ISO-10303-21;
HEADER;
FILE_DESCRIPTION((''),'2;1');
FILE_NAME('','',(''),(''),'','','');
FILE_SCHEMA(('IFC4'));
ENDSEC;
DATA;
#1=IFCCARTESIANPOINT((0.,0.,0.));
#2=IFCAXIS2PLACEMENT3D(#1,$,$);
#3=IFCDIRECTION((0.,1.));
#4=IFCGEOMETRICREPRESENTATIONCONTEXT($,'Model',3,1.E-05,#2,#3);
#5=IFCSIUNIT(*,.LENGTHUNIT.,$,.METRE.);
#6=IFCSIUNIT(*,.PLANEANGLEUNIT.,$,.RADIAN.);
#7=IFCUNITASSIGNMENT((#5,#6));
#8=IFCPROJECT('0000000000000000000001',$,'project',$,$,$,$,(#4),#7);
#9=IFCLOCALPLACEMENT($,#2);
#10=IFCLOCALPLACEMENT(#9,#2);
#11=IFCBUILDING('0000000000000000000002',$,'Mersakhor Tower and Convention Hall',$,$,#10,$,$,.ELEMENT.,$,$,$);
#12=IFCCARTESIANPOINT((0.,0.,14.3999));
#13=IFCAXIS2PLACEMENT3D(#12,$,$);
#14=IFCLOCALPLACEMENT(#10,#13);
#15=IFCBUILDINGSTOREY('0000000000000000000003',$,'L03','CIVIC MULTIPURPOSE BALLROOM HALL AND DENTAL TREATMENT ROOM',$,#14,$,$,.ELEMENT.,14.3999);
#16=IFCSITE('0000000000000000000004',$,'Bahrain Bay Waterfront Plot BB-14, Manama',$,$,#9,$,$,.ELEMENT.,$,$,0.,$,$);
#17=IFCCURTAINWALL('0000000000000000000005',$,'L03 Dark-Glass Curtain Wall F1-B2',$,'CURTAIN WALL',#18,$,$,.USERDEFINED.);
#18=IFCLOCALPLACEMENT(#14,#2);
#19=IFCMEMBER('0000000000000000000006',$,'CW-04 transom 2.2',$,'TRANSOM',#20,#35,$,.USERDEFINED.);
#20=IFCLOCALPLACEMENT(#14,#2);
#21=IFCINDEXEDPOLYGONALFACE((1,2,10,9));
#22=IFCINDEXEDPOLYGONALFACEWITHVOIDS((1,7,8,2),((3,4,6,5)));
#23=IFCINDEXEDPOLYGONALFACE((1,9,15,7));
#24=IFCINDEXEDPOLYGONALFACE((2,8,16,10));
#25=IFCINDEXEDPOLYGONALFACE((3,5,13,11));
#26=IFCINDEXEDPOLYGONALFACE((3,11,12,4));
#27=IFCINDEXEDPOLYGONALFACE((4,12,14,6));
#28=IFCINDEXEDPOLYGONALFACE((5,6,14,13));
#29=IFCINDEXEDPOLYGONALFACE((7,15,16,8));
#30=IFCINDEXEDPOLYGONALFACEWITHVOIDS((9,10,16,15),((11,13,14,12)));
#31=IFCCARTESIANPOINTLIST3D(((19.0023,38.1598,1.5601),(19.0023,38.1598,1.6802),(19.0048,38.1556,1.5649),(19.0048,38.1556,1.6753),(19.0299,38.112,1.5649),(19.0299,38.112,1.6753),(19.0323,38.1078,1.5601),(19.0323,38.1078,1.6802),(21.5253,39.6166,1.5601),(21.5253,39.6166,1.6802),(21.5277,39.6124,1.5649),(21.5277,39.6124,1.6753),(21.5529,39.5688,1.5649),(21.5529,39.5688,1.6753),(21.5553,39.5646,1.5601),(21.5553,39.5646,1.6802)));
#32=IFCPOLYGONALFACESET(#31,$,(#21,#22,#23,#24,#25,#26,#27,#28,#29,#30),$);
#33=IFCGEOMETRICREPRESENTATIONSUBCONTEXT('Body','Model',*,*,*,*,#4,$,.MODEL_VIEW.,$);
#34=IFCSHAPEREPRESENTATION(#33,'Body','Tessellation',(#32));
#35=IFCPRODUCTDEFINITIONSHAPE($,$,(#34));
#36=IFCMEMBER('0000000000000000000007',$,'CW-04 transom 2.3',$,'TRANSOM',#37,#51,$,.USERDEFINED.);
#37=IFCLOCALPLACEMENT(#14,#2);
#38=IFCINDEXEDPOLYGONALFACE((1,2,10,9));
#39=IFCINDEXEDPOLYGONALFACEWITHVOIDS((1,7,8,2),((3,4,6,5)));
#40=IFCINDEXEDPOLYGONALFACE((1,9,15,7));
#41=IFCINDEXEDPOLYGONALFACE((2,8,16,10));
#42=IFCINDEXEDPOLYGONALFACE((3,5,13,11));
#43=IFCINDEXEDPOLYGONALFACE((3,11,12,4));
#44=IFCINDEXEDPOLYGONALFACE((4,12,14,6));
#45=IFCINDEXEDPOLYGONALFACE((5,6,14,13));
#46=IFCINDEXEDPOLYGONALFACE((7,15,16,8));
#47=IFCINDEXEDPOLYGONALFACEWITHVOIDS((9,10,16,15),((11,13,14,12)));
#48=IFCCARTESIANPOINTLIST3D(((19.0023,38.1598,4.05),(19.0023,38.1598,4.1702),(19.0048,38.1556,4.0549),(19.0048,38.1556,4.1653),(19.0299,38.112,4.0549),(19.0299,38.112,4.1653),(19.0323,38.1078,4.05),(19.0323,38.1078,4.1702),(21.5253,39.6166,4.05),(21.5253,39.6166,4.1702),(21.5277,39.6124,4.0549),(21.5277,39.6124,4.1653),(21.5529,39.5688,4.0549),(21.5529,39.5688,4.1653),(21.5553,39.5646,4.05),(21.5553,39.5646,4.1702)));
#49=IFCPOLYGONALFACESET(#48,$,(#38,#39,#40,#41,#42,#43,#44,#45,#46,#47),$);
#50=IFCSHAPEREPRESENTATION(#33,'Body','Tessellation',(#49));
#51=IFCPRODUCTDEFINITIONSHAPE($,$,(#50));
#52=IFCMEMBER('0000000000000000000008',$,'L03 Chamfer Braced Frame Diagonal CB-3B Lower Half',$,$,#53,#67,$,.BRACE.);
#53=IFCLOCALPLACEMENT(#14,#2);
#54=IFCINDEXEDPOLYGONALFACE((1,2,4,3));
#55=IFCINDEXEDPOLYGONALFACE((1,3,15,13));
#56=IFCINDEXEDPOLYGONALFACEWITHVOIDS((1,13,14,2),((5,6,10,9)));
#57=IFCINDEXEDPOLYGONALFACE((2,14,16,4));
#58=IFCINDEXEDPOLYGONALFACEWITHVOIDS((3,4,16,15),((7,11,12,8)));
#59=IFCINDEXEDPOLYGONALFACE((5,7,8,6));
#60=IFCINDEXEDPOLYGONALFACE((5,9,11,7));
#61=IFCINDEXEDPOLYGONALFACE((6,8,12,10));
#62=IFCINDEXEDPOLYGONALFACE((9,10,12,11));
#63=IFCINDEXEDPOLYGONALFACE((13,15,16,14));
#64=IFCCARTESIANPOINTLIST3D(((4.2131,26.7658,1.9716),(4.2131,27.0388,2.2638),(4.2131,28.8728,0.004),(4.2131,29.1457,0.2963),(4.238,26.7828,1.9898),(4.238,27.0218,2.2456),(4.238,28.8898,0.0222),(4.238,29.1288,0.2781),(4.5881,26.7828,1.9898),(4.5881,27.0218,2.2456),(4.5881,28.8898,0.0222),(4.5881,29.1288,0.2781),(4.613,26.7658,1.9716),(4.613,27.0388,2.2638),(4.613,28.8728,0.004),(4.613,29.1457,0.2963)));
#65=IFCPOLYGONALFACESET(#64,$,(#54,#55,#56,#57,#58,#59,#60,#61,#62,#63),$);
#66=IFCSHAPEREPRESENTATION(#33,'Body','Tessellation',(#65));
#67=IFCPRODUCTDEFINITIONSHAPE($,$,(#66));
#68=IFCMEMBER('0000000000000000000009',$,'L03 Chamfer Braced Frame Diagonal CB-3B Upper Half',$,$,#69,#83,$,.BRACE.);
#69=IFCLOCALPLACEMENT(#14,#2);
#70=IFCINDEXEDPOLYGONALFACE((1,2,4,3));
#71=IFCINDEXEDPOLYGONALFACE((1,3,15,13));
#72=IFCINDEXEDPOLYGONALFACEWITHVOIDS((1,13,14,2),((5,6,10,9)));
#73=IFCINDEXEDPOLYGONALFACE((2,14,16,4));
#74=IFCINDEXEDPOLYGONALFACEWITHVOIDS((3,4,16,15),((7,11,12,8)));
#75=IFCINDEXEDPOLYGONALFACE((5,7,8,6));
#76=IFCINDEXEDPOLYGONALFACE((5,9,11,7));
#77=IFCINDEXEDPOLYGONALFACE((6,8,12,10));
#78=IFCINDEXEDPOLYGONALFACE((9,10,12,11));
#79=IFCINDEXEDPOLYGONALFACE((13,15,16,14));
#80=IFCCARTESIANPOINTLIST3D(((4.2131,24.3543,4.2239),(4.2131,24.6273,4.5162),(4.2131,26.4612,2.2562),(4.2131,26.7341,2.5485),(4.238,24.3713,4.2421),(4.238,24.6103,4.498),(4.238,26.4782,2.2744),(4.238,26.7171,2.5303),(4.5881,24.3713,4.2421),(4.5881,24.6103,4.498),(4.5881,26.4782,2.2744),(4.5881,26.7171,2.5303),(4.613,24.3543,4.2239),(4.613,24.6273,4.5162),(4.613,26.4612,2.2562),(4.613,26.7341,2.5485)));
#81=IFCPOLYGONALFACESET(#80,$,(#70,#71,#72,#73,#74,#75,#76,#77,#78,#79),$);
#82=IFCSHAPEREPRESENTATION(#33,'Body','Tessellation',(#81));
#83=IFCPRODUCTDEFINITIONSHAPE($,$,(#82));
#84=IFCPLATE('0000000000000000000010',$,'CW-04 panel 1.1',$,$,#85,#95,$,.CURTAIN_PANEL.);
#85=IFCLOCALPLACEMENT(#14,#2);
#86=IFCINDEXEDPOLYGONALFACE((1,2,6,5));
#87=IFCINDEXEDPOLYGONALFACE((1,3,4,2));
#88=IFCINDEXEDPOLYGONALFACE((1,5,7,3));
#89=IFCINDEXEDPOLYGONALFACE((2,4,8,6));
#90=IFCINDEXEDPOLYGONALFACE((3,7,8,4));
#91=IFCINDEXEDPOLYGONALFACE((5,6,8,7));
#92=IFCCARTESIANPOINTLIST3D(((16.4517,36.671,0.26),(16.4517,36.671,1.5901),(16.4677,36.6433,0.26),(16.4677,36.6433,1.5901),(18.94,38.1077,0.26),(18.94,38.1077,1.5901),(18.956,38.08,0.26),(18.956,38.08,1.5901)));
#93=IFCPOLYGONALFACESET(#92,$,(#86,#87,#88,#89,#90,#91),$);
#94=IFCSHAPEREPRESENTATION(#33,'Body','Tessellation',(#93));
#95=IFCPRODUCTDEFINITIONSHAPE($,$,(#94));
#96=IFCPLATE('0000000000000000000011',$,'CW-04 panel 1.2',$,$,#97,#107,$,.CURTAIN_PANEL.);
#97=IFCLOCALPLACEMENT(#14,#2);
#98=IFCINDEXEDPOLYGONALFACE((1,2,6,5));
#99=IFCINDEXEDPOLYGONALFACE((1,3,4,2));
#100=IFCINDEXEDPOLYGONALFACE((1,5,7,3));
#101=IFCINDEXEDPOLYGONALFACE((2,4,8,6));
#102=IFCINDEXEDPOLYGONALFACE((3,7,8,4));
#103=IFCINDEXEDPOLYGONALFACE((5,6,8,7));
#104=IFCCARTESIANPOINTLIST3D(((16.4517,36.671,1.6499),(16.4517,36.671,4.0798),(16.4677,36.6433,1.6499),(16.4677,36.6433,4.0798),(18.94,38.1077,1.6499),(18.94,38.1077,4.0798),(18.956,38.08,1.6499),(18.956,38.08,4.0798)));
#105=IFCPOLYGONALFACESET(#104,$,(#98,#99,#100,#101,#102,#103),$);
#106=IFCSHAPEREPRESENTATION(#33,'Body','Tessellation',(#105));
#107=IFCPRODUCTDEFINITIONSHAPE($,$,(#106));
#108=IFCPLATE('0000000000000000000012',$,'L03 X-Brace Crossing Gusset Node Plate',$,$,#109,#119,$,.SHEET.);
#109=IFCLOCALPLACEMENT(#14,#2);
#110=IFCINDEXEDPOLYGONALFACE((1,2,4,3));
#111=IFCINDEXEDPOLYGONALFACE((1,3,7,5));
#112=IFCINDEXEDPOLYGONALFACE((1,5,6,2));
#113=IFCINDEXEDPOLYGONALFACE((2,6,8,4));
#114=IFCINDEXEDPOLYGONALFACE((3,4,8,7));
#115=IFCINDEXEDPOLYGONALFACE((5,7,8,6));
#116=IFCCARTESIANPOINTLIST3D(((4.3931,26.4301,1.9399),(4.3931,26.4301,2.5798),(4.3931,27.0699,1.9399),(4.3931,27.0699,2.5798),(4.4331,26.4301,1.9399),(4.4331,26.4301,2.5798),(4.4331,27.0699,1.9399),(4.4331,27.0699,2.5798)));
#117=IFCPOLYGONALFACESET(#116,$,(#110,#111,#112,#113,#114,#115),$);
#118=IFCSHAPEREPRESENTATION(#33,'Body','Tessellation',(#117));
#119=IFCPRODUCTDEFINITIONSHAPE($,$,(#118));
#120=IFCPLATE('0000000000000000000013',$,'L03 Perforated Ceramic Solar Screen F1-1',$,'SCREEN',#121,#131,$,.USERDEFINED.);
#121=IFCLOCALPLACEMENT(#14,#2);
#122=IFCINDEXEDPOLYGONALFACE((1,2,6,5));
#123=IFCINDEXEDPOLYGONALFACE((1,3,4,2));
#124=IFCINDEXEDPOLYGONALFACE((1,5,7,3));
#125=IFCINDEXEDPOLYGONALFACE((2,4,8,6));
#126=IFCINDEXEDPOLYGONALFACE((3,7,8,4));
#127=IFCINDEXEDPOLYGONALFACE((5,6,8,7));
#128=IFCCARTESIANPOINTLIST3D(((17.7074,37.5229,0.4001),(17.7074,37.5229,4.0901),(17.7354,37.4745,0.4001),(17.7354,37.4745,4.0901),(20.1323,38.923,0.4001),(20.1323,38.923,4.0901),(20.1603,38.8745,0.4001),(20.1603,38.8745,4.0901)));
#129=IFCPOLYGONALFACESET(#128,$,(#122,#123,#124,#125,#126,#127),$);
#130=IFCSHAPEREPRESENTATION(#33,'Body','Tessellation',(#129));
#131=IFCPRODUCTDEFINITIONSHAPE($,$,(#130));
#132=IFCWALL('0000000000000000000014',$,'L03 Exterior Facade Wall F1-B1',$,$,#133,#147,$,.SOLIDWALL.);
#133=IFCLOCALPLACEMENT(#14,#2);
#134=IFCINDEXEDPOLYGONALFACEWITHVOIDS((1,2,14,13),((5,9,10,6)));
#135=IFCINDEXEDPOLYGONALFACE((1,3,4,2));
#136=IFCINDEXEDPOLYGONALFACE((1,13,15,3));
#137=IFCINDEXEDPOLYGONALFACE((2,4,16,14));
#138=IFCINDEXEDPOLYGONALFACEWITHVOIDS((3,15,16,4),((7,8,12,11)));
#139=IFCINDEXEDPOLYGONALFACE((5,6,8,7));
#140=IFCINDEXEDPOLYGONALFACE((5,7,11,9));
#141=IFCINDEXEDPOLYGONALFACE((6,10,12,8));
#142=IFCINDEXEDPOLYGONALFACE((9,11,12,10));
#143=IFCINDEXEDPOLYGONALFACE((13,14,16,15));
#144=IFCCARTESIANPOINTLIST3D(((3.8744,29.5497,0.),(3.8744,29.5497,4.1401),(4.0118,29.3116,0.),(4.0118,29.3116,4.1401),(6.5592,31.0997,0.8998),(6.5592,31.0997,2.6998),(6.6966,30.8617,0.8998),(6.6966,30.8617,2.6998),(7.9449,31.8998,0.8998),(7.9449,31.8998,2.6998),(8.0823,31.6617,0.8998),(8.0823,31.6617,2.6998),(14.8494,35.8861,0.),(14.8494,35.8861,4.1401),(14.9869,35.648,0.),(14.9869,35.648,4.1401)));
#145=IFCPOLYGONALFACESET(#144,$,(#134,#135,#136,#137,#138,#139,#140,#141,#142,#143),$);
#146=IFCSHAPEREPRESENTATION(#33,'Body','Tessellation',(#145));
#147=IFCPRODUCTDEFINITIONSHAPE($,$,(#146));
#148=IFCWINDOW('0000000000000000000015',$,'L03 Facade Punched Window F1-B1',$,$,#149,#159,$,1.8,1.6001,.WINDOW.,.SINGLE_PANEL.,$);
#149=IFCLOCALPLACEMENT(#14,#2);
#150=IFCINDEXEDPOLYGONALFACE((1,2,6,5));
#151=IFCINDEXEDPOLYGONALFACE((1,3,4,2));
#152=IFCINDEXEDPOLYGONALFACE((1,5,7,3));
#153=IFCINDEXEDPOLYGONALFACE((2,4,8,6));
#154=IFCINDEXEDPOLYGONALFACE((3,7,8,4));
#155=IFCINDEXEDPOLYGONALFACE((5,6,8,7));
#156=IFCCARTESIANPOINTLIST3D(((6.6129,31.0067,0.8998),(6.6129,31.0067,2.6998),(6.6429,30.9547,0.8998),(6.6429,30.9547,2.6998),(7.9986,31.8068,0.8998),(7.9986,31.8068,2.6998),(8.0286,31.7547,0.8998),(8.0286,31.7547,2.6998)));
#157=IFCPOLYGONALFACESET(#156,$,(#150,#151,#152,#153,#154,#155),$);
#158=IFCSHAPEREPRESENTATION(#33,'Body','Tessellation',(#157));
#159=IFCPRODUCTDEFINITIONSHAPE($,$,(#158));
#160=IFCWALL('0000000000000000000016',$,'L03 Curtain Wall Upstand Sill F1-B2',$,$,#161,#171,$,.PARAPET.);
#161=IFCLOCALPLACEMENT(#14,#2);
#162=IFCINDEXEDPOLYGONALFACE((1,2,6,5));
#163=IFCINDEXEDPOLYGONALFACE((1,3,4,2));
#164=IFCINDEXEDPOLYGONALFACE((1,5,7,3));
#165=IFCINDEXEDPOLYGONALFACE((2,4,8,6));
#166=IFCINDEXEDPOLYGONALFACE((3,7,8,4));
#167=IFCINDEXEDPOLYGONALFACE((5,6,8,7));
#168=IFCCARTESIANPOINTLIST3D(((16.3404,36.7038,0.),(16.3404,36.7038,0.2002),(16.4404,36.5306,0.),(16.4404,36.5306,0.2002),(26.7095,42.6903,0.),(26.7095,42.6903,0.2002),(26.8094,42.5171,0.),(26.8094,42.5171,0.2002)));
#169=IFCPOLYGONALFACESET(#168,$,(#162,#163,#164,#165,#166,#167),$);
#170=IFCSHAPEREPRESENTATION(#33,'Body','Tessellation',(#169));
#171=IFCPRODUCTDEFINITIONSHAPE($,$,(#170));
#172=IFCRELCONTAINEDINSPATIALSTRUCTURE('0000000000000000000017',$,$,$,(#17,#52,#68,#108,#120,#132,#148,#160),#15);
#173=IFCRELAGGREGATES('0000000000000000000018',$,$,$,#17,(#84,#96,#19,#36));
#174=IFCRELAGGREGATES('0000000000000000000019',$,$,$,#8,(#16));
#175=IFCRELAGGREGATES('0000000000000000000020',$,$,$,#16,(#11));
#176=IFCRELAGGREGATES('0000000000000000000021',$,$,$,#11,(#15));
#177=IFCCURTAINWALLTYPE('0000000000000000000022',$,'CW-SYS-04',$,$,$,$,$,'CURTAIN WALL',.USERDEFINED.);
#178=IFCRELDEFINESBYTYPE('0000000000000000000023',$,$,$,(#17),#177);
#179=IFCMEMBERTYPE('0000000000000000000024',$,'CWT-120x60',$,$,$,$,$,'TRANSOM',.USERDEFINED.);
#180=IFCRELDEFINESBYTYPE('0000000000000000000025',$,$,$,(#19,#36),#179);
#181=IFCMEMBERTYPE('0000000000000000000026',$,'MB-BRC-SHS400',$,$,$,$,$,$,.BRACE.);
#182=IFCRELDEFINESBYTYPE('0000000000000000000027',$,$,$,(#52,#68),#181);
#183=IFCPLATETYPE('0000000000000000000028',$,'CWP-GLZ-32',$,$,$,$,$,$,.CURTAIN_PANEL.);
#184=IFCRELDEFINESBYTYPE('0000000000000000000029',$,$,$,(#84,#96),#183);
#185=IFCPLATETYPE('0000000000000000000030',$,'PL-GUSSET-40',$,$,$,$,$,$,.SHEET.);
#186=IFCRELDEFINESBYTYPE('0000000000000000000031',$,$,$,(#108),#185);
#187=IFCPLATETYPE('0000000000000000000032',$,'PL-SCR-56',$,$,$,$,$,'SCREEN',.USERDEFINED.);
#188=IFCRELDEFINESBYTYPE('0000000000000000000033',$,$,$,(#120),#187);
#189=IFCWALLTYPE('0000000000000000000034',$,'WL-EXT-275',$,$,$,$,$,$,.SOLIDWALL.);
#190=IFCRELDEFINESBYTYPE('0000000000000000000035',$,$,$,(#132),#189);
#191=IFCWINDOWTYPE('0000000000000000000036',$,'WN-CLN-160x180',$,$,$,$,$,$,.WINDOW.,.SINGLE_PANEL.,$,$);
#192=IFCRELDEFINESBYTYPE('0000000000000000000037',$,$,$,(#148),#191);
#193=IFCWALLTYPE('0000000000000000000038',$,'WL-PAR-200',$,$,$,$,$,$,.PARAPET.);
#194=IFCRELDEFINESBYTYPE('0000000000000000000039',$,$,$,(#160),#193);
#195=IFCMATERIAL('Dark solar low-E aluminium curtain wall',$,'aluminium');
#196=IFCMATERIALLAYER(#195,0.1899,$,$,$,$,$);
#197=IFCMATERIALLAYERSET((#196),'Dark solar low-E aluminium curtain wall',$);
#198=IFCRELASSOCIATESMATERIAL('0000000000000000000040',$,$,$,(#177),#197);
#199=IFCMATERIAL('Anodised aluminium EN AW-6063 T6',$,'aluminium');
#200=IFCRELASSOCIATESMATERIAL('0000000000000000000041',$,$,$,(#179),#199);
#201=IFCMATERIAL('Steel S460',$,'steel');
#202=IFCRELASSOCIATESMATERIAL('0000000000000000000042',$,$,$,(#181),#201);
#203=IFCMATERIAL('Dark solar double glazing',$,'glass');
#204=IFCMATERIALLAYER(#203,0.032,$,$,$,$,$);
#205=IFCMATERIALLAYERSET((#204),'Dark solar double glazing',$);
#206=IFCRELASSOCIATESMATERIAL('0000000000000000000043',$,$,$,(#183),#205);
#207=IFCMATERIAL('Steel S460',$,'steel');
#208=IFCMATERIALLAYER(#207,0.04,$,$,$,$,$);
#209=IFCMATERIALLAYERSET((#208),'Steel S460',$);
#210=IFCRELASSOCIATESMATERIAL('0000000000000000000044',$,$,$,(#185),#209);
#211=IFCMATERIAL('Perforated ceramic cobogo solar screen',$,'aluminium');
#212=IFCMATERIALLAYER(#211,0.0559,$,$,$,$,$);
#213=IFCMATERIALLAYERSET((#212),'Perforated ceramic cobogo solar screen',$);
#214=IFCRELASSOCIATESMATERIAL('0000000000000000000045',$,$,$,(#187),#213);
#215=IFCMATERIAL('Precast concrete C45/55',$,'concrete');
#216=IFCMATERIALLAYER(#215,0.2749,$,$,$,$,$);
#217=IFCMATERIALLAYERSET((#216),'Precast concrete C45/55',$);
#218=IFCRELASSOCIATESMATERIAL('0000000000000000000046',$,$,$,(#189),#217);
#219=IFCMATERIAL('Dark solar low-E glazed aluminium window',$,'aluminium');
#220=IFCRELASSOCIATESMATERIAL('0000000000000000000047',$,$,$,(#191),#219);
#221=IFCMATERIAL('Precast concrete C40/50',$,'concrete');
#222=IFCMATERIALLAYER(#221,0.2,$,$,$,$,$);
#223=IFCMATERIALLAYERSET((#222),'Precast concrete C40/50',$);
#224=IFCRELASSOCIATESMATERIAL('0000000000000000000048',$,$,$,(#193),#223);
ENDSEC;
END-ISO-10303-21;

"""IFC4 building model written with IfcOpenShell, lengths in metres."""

from ifc_helpers import new_model, si_unit, direction, frame, frame_2d, origin, origin_2d, place, context, subcontext, project, spatial, rectangle, hollow_rectangle, extrude, material, layer, layer_set, material_profile, profile_set, type_object, element, fill, aggregate, save


model = new_model("IFC4")

# Units and contexts
model_context = context("Model", 3, precision=1e-05, world=origin(), true_north=direction((0.0, 1.0)))
body_context = subcontext(model_context, "Body", "Model", "MODEL_VIEW")
ifc_project = project(units=[si_unit("LENGTHUNIT", "METRE"), si_unit("PLANEANGLEUNIT", "RADIAN")], contexts=[model_context])

# Site, building, storey
site_placement = place(None, origin())
site = spatial("IfcSite", under=ifc_project, at=site_placement, Name="Bahrain Bay Waterfront Plot BB-14, Manama", CompositionType="ELEMENT", RefElevation=0.0)
building_placement = place(site_placement, origin())
building = spatial("IfcBuilding", under=site, at=building_placement, Name="Mersakhor Tower and Convention Hall", CompositionType="ELEMENT")
storey_placement = place(building_placement, frame((0.0, 0.0, 14.3999)))
storey = spatial("IfcBuildingStorey", under=building, at=storey_placement, Name="L03", Description="CIVIC MULTIPURPOSE BALLROOM HALL AND DENTAL TREATMENT ROOM", CompositionType="ELEMENT", Elevation=14.3999)

# Curtain wall, members
ifc_material_1 = material(Name="Dark solar low-E aluminium curtain wall", Category="aluminium")
ifc_layer_1 = layer(ifc_material_1, 0.1899)
ifc_layer_set_1 = layer_set([ifc_layer_1], Name="Dark solar low-E aluminium curtain wall")
curtain_wall_type = type_object("IfcCurtainWallType", Name="CW-SYS-04", ElementType="CURTAIN WALL", PredefinedType="USERDEFINED", material=ifc_layer_set_1)
curtain_wall_placement = place(storey_placement, origin())
curtain_wall = element("IfcCurtainWall", 1, at=curtain_wall_placement, inside=storey, type_object=curtain_wall_type, Name="L03 Dark-Glass Curtain Wall F1-B2", ObjectType="CURTAIN WALL", PredefinedType="USERDEFINED")
ifc_material_2 = material(Name="Anodised aluminium EN AW-6063 T6", Category="aluminium")
ifc_material_profile_1 = material_profile(ifc_material_2, hollow_rectangle(XDim=0.0601, YDim=0.1201, WallThickness=0.0049, at=origin_2d()), Name="RHS 120x60x5")
ifc_profile_set_1 = profile_set([ifc_material_profile_1], Name="Anodised aluminium EN AW-6063 T6")
member_type_1 = type_object("IfcMemberType", Name="CWT-120x60", ElementType="TRANSOM", PredefinedType="USERDEFINED", material=ifc_profile_set_1)
member_1_placement = place(storey_placement, frame((19.0173, 38.1338, 1.6201), z_axis=(0.866001, 0.500042, 0.0), x_axis=(-0.500042, 0.866001, 0.0)))
member_1 = element("IfcMember", 2, at=member_1_placement, type_object=member_type_1, Name="CW-04 transom 2.2", ObjectType="TRANSOM", PredefinedType="USERDEFINED", context=body_context, shape_type="SweptSolid", body=[
    extrude(hollow_rectangle(XDim=0.0601, YDim=0.1201, WallThickness=0.0049, at=origin_2d()), origin(), (0.0, 0.0, 1.0), 2.9133),
])
member_2_placement = place(storey_placement, frame((19.0173, 38.1338, 4.1101), z_axis=(0.866001, 0.500042, 0.0), x_axis=(-0.500042, 0.866001, 0.0)))
member_2 = element("IfcMember", 3, at=member_2_placement, type_object=member_type_1, Name="CW-04 transom 2.3", ObjectType="TRANSOM", PredefinedType="USERDEFINED", context=body_context, shape_type="SweptSolid", body=[
    extrude(hollow_rectangle(XDim=0.0601, YDim=0.1201, WallThickness=0.0049, at=origin_2d()), origin(), (0.0, 0.0, 1.0), 2.9133),
])

# Members
ifc_material_3 = material(Name="Steel S460", Category="steel")
ifc_material_profile_2 = material_profile(ifc_material_3, hollow_rectangle(XDim=0.3999, YDim=0.3999, WallThickness=0.0249, at=origin_2d()), Name="SHS 400x400x25")
ifc_profile_set_2 = profile_set([ifc_material_profile_2], Name="Steel S460")
member_type_2 = type_object("IfcMemberType", Name="MB-BRC-SHS400", PredefinedType="BRACE", material=ifc_profile_set_2)
for number, where, z_axis, x_axis, name in (
    (4, (4.4131, 29.0093, 0.1501), (0.0, -0.730872, 0.682514), (1.0, 0.0, 0.0), "L03 Chamfer Braced Frame Diagonal CB-3B Lower Half"),
    (5, (4.4131, 26.5977, 2.4023), (0.0, -0.73083, 0.68256), (1.0, 0.0, 0.0), "L03 Chamfer Braced Frame Diagonal CB-3B Upper Half"),
):
    element("IfcMember", number, at=place(storey_placement, frame(where, z_axis=z_axis, x_axis=x_axis)), inside=storey, type_object=member_type_2, Name=name, PredefinedType="BRACE", context=body_context, shape_type="SweptSolid", body=[
        extrude(hollow_rectangle(XDim=0.3999, YDim=0.3999, WallThickness=0.0249, at=origin_2d()), origin(), (0.0, 0.0, 1.0), 2.8828),
    ])

# Plates
ifc_material_4 = material(Name="Dark solar double glazing", Category="glass")
ifc_layer_2 = layer(ifc_material_4, 0.032)
ifc_layer_set_2 = layer_set([ifc_layer_2], Name="Dark solar double glazing")
plate_type_1 = type_object("IfcPlateType", Name="CWP-GLZ-32", PredefinedType="CURTAIN_PANEL", material=ifc_layer_set_2)
plate_1_placement = place(storey_placement, frame((17.7039, 37.3755, 0.26), z_axis=(0.0, 0.0, 1.0), x_axis=(0.866023, 0.500003, 0.0)))
plate_1 = element("IfcPlate", 6, at=plate_1_placement, type_object=plate_type_1, Name="CW-04 panel 1.1", PredefinedType="CURTAIN_PANEL", context=body_context, shape_type="SweptSolid", body=[
    extrude(rectangle(XDim=2.8733, YDim=0.032, at=origin_2d()), origin(), (0.0, 0.0, 1.0), 1.3301),
])
plate_2_placement = place(storey_placement, frame((17.7039, 37.3755, 1.6499), z_axis=(0.0, 0.0, 1.0), x_axis=(0.866023, 0.500003, 0.0)))
plate_2 = element("IfcPlate", 7, at=plate_2_placement, type_object=plate_type_1, Name="CW-04 panel 1.2", PredefinedType="CURTAIN_PANEL", context=body_context, shape_type="SweptSolid", body=[
    extrude(rectangle(XDim=2.8733, YDim=0.032, at=origin_2d()), origin(), (0.0, 0.0, 1.0), 2.4299),
])
aggregate(curtain_wall, [plate_1, plate_2, member_1, member_2])

# Plates
ifc_material_5 = material(Name="Steel S460", Category="steel")
ifc_layer_3 = layer(ifc_material_5, 0.04)
ifc_layer_set_3 = layer_set([ifc_layer_3], Name="Steel S460")
plate_type_2 = type_object("IfcPlateType", Name="PL-GUSSET-40", PredefinedType="SHEET", material=ifc_layer_set_3)
plate_3_placement = place(storey_placement, frame((4.4131, 26.75, 1.9399), z_axis=(0.0, 0.0, 1.0), x_axis=(0.0, -1.0, 0.0)))
element("IfcPlate", 8, at=plate_3_placement, inside=storey, type_object=plate_type_2, Name="L03 X-Brace Crossing Gusset Node Plate", PredefinedType="SHEET", context=body_context, shape_type="SweptSolid", body=[
    extrude(rectangle(XDim=0.6399, YDim=0.04, at=origin_2d()), origin(), (0.0, 0.0, 1.0), 0.6399),
])
ifc_material_6 = material(Name="Perforated ceramic cobogo solar screen", Category="aluminium")
ifc_layer_4 = layer(ifc_material_6, 0.0559)
ifc_layer_set_4 = layer_set([ifc_layer_4], Name="Perforated ceramic cobogo solar screen")
plate_type_3 = type_object("IfcPlateType", Name="PL-SCR-56", ElementType="SCREEN", PredefinedType="USERDEFINED", material=ifc_layer_set_4)
plate_4_placement = place(storey_placement, frame((18.9338, 38.1987, 0.4001), z_axis=(0.0, 0.0, 1.0), x_axis=(0.866025, 0.5, 0.0)))
element("IfcPlate", 9, at=plate_4_placement, inside=storey, type_object=plate_type_3, Name="L03 Perforated Ceramic Solar Screen F1-1", ObjectType="SCREEN", PredefinedType="USERDEFINED", context=body_context, shape_type="SweptSolid", body=[
    extrude(rectangle(XDim=2.8, YDim=0.0559, at=origin_2d()), origin(), (0.0, 0.0, 1.0), 3.6899),
])

# Wall, opening, window
ifc_material_7 = material(Name="Precast concrete C45/55", Category="concrete")
ifc_layer_5 = layer(ifc_material_7, 0.2749)
ifc_layer_set_5 = layer_set([ifc_layer_5], Name="Precast concrete C45/55")
wall_type_1 = type_object("IfcWallType", Name="WL-EXT-275", PredefinedType="SOLIDWALL", material=ifc_layer_set_5)
wall_1_placement = place(storey_placement, frame((3.9431, 29.4307, 0.0), z_axis=(0.0, 0.0, 1.0), x_axis=(0.866027, 0.499997, 0.0)))
wall_1 = element("IfcWall", 10, at=wall_1_placement, inside=storey, type_object=wall_type_1, Name="L03 Exterior Facade Wall F1-B1", PredefinedType="SOLIDWALL", context=body_context, shape_type="SweptSolid", body=[
    extrude(rectangle(XDim=12.6729, YDim=0.2749, at=frame_2d((6.3364, 0.0))), origin(), (0.0, 0.0, 1.0), 4.1401),
])
opening_1_placement = place(wall_1_placement, frame((3.1001, 0.0, 0.8999)))
opening_1 = element("IfcOpeningElement", 11, at=opening_1_placement, cuts=wall_1, PredefinedType="OPENING", context=body_context, shape_type="SweptSolid", body=[
    extrude(rectangle(XDim=1.6001, YDim=1.8, at=frame_2d((0.8, 0.8999))), frame((0.0, 0.1475, 0.0), z_axis=(0.0, -1.0, 0.0), x_axis=(1.0, 0.0, 0.0)), (0.0, 0.0, 1.0), 0.2949),
])
ifc_material_8 = material(Name="Dark solar low-E glazed aluminium window", Category="aluminium")
window_type = type_object("IfcWindowType", Name="WN-CLN-160x180", PartitioningType="SINGLE_PANEL", PredefinedType="WINDOW", material=ifc_material_8)
window_placement = place(opening_1_placement, origin())
window = element("IfcWindow", 12, at=window_placement, inside=storey, type_object=window_type, Name="L03 Facade Punched Window F1-B1", OverallHeight=1.8, OverallWidth=1.6001, PartitioningType="SINGLE_PANEL", PredefinedType="WINDOW", context=body_context, shape_type="SweptSolid", body=[
    extrude(rectangle(XDim=1.6001, YDim=1.8, at=frame_2d((0.8, 0.8999))), frame((0.0, 0.03, 0.0), z_axis=(0.0, -1.0, 0.0), x_axis=(1.0, 0.0, 0.0)), (0.0, 0.0, 1.0), 0.0601),
])
fill(opening_1, window)

# Wall
ifc_material_9 = material(Name="Precast concrete C40/50", Category="concrete")
ifc_layer_6 = layer(ifc_material_9, 0.2)
ifc_layer_set_6 = layer_set([ifc_layer_6], Name="Precast concrete C40/50")
wall_type_2 = type_object("IfcWallType", Name="WL-PAR-200", PredefinedType="PARAPET", material=ifc_layer_set_6)
wall_2_placement = place(storey_placement, frame((16.3904, 36.6172, 0.0), z_axis=(0.0, 0.0, 1.0), x_axis=(0.866027, 0.499997, 0.0)))
element("IfcWall", 13, at=wall_2_placement, inside=storey, type_object=wall_type_2, Name="L03 Curtain Wall Upstand Sill F1-B2", PredefinedType="PARAPET", context=body_context, shape_type="SweptSolid", body=[
    extrude(rectangle(XDim=11.9731, YDim=0.2, at=frame_2d((5.9866, 0.0))), origin(), (0.0, 0.0, 1.0), 0.2002),
])

save(model, "model.ifc")
